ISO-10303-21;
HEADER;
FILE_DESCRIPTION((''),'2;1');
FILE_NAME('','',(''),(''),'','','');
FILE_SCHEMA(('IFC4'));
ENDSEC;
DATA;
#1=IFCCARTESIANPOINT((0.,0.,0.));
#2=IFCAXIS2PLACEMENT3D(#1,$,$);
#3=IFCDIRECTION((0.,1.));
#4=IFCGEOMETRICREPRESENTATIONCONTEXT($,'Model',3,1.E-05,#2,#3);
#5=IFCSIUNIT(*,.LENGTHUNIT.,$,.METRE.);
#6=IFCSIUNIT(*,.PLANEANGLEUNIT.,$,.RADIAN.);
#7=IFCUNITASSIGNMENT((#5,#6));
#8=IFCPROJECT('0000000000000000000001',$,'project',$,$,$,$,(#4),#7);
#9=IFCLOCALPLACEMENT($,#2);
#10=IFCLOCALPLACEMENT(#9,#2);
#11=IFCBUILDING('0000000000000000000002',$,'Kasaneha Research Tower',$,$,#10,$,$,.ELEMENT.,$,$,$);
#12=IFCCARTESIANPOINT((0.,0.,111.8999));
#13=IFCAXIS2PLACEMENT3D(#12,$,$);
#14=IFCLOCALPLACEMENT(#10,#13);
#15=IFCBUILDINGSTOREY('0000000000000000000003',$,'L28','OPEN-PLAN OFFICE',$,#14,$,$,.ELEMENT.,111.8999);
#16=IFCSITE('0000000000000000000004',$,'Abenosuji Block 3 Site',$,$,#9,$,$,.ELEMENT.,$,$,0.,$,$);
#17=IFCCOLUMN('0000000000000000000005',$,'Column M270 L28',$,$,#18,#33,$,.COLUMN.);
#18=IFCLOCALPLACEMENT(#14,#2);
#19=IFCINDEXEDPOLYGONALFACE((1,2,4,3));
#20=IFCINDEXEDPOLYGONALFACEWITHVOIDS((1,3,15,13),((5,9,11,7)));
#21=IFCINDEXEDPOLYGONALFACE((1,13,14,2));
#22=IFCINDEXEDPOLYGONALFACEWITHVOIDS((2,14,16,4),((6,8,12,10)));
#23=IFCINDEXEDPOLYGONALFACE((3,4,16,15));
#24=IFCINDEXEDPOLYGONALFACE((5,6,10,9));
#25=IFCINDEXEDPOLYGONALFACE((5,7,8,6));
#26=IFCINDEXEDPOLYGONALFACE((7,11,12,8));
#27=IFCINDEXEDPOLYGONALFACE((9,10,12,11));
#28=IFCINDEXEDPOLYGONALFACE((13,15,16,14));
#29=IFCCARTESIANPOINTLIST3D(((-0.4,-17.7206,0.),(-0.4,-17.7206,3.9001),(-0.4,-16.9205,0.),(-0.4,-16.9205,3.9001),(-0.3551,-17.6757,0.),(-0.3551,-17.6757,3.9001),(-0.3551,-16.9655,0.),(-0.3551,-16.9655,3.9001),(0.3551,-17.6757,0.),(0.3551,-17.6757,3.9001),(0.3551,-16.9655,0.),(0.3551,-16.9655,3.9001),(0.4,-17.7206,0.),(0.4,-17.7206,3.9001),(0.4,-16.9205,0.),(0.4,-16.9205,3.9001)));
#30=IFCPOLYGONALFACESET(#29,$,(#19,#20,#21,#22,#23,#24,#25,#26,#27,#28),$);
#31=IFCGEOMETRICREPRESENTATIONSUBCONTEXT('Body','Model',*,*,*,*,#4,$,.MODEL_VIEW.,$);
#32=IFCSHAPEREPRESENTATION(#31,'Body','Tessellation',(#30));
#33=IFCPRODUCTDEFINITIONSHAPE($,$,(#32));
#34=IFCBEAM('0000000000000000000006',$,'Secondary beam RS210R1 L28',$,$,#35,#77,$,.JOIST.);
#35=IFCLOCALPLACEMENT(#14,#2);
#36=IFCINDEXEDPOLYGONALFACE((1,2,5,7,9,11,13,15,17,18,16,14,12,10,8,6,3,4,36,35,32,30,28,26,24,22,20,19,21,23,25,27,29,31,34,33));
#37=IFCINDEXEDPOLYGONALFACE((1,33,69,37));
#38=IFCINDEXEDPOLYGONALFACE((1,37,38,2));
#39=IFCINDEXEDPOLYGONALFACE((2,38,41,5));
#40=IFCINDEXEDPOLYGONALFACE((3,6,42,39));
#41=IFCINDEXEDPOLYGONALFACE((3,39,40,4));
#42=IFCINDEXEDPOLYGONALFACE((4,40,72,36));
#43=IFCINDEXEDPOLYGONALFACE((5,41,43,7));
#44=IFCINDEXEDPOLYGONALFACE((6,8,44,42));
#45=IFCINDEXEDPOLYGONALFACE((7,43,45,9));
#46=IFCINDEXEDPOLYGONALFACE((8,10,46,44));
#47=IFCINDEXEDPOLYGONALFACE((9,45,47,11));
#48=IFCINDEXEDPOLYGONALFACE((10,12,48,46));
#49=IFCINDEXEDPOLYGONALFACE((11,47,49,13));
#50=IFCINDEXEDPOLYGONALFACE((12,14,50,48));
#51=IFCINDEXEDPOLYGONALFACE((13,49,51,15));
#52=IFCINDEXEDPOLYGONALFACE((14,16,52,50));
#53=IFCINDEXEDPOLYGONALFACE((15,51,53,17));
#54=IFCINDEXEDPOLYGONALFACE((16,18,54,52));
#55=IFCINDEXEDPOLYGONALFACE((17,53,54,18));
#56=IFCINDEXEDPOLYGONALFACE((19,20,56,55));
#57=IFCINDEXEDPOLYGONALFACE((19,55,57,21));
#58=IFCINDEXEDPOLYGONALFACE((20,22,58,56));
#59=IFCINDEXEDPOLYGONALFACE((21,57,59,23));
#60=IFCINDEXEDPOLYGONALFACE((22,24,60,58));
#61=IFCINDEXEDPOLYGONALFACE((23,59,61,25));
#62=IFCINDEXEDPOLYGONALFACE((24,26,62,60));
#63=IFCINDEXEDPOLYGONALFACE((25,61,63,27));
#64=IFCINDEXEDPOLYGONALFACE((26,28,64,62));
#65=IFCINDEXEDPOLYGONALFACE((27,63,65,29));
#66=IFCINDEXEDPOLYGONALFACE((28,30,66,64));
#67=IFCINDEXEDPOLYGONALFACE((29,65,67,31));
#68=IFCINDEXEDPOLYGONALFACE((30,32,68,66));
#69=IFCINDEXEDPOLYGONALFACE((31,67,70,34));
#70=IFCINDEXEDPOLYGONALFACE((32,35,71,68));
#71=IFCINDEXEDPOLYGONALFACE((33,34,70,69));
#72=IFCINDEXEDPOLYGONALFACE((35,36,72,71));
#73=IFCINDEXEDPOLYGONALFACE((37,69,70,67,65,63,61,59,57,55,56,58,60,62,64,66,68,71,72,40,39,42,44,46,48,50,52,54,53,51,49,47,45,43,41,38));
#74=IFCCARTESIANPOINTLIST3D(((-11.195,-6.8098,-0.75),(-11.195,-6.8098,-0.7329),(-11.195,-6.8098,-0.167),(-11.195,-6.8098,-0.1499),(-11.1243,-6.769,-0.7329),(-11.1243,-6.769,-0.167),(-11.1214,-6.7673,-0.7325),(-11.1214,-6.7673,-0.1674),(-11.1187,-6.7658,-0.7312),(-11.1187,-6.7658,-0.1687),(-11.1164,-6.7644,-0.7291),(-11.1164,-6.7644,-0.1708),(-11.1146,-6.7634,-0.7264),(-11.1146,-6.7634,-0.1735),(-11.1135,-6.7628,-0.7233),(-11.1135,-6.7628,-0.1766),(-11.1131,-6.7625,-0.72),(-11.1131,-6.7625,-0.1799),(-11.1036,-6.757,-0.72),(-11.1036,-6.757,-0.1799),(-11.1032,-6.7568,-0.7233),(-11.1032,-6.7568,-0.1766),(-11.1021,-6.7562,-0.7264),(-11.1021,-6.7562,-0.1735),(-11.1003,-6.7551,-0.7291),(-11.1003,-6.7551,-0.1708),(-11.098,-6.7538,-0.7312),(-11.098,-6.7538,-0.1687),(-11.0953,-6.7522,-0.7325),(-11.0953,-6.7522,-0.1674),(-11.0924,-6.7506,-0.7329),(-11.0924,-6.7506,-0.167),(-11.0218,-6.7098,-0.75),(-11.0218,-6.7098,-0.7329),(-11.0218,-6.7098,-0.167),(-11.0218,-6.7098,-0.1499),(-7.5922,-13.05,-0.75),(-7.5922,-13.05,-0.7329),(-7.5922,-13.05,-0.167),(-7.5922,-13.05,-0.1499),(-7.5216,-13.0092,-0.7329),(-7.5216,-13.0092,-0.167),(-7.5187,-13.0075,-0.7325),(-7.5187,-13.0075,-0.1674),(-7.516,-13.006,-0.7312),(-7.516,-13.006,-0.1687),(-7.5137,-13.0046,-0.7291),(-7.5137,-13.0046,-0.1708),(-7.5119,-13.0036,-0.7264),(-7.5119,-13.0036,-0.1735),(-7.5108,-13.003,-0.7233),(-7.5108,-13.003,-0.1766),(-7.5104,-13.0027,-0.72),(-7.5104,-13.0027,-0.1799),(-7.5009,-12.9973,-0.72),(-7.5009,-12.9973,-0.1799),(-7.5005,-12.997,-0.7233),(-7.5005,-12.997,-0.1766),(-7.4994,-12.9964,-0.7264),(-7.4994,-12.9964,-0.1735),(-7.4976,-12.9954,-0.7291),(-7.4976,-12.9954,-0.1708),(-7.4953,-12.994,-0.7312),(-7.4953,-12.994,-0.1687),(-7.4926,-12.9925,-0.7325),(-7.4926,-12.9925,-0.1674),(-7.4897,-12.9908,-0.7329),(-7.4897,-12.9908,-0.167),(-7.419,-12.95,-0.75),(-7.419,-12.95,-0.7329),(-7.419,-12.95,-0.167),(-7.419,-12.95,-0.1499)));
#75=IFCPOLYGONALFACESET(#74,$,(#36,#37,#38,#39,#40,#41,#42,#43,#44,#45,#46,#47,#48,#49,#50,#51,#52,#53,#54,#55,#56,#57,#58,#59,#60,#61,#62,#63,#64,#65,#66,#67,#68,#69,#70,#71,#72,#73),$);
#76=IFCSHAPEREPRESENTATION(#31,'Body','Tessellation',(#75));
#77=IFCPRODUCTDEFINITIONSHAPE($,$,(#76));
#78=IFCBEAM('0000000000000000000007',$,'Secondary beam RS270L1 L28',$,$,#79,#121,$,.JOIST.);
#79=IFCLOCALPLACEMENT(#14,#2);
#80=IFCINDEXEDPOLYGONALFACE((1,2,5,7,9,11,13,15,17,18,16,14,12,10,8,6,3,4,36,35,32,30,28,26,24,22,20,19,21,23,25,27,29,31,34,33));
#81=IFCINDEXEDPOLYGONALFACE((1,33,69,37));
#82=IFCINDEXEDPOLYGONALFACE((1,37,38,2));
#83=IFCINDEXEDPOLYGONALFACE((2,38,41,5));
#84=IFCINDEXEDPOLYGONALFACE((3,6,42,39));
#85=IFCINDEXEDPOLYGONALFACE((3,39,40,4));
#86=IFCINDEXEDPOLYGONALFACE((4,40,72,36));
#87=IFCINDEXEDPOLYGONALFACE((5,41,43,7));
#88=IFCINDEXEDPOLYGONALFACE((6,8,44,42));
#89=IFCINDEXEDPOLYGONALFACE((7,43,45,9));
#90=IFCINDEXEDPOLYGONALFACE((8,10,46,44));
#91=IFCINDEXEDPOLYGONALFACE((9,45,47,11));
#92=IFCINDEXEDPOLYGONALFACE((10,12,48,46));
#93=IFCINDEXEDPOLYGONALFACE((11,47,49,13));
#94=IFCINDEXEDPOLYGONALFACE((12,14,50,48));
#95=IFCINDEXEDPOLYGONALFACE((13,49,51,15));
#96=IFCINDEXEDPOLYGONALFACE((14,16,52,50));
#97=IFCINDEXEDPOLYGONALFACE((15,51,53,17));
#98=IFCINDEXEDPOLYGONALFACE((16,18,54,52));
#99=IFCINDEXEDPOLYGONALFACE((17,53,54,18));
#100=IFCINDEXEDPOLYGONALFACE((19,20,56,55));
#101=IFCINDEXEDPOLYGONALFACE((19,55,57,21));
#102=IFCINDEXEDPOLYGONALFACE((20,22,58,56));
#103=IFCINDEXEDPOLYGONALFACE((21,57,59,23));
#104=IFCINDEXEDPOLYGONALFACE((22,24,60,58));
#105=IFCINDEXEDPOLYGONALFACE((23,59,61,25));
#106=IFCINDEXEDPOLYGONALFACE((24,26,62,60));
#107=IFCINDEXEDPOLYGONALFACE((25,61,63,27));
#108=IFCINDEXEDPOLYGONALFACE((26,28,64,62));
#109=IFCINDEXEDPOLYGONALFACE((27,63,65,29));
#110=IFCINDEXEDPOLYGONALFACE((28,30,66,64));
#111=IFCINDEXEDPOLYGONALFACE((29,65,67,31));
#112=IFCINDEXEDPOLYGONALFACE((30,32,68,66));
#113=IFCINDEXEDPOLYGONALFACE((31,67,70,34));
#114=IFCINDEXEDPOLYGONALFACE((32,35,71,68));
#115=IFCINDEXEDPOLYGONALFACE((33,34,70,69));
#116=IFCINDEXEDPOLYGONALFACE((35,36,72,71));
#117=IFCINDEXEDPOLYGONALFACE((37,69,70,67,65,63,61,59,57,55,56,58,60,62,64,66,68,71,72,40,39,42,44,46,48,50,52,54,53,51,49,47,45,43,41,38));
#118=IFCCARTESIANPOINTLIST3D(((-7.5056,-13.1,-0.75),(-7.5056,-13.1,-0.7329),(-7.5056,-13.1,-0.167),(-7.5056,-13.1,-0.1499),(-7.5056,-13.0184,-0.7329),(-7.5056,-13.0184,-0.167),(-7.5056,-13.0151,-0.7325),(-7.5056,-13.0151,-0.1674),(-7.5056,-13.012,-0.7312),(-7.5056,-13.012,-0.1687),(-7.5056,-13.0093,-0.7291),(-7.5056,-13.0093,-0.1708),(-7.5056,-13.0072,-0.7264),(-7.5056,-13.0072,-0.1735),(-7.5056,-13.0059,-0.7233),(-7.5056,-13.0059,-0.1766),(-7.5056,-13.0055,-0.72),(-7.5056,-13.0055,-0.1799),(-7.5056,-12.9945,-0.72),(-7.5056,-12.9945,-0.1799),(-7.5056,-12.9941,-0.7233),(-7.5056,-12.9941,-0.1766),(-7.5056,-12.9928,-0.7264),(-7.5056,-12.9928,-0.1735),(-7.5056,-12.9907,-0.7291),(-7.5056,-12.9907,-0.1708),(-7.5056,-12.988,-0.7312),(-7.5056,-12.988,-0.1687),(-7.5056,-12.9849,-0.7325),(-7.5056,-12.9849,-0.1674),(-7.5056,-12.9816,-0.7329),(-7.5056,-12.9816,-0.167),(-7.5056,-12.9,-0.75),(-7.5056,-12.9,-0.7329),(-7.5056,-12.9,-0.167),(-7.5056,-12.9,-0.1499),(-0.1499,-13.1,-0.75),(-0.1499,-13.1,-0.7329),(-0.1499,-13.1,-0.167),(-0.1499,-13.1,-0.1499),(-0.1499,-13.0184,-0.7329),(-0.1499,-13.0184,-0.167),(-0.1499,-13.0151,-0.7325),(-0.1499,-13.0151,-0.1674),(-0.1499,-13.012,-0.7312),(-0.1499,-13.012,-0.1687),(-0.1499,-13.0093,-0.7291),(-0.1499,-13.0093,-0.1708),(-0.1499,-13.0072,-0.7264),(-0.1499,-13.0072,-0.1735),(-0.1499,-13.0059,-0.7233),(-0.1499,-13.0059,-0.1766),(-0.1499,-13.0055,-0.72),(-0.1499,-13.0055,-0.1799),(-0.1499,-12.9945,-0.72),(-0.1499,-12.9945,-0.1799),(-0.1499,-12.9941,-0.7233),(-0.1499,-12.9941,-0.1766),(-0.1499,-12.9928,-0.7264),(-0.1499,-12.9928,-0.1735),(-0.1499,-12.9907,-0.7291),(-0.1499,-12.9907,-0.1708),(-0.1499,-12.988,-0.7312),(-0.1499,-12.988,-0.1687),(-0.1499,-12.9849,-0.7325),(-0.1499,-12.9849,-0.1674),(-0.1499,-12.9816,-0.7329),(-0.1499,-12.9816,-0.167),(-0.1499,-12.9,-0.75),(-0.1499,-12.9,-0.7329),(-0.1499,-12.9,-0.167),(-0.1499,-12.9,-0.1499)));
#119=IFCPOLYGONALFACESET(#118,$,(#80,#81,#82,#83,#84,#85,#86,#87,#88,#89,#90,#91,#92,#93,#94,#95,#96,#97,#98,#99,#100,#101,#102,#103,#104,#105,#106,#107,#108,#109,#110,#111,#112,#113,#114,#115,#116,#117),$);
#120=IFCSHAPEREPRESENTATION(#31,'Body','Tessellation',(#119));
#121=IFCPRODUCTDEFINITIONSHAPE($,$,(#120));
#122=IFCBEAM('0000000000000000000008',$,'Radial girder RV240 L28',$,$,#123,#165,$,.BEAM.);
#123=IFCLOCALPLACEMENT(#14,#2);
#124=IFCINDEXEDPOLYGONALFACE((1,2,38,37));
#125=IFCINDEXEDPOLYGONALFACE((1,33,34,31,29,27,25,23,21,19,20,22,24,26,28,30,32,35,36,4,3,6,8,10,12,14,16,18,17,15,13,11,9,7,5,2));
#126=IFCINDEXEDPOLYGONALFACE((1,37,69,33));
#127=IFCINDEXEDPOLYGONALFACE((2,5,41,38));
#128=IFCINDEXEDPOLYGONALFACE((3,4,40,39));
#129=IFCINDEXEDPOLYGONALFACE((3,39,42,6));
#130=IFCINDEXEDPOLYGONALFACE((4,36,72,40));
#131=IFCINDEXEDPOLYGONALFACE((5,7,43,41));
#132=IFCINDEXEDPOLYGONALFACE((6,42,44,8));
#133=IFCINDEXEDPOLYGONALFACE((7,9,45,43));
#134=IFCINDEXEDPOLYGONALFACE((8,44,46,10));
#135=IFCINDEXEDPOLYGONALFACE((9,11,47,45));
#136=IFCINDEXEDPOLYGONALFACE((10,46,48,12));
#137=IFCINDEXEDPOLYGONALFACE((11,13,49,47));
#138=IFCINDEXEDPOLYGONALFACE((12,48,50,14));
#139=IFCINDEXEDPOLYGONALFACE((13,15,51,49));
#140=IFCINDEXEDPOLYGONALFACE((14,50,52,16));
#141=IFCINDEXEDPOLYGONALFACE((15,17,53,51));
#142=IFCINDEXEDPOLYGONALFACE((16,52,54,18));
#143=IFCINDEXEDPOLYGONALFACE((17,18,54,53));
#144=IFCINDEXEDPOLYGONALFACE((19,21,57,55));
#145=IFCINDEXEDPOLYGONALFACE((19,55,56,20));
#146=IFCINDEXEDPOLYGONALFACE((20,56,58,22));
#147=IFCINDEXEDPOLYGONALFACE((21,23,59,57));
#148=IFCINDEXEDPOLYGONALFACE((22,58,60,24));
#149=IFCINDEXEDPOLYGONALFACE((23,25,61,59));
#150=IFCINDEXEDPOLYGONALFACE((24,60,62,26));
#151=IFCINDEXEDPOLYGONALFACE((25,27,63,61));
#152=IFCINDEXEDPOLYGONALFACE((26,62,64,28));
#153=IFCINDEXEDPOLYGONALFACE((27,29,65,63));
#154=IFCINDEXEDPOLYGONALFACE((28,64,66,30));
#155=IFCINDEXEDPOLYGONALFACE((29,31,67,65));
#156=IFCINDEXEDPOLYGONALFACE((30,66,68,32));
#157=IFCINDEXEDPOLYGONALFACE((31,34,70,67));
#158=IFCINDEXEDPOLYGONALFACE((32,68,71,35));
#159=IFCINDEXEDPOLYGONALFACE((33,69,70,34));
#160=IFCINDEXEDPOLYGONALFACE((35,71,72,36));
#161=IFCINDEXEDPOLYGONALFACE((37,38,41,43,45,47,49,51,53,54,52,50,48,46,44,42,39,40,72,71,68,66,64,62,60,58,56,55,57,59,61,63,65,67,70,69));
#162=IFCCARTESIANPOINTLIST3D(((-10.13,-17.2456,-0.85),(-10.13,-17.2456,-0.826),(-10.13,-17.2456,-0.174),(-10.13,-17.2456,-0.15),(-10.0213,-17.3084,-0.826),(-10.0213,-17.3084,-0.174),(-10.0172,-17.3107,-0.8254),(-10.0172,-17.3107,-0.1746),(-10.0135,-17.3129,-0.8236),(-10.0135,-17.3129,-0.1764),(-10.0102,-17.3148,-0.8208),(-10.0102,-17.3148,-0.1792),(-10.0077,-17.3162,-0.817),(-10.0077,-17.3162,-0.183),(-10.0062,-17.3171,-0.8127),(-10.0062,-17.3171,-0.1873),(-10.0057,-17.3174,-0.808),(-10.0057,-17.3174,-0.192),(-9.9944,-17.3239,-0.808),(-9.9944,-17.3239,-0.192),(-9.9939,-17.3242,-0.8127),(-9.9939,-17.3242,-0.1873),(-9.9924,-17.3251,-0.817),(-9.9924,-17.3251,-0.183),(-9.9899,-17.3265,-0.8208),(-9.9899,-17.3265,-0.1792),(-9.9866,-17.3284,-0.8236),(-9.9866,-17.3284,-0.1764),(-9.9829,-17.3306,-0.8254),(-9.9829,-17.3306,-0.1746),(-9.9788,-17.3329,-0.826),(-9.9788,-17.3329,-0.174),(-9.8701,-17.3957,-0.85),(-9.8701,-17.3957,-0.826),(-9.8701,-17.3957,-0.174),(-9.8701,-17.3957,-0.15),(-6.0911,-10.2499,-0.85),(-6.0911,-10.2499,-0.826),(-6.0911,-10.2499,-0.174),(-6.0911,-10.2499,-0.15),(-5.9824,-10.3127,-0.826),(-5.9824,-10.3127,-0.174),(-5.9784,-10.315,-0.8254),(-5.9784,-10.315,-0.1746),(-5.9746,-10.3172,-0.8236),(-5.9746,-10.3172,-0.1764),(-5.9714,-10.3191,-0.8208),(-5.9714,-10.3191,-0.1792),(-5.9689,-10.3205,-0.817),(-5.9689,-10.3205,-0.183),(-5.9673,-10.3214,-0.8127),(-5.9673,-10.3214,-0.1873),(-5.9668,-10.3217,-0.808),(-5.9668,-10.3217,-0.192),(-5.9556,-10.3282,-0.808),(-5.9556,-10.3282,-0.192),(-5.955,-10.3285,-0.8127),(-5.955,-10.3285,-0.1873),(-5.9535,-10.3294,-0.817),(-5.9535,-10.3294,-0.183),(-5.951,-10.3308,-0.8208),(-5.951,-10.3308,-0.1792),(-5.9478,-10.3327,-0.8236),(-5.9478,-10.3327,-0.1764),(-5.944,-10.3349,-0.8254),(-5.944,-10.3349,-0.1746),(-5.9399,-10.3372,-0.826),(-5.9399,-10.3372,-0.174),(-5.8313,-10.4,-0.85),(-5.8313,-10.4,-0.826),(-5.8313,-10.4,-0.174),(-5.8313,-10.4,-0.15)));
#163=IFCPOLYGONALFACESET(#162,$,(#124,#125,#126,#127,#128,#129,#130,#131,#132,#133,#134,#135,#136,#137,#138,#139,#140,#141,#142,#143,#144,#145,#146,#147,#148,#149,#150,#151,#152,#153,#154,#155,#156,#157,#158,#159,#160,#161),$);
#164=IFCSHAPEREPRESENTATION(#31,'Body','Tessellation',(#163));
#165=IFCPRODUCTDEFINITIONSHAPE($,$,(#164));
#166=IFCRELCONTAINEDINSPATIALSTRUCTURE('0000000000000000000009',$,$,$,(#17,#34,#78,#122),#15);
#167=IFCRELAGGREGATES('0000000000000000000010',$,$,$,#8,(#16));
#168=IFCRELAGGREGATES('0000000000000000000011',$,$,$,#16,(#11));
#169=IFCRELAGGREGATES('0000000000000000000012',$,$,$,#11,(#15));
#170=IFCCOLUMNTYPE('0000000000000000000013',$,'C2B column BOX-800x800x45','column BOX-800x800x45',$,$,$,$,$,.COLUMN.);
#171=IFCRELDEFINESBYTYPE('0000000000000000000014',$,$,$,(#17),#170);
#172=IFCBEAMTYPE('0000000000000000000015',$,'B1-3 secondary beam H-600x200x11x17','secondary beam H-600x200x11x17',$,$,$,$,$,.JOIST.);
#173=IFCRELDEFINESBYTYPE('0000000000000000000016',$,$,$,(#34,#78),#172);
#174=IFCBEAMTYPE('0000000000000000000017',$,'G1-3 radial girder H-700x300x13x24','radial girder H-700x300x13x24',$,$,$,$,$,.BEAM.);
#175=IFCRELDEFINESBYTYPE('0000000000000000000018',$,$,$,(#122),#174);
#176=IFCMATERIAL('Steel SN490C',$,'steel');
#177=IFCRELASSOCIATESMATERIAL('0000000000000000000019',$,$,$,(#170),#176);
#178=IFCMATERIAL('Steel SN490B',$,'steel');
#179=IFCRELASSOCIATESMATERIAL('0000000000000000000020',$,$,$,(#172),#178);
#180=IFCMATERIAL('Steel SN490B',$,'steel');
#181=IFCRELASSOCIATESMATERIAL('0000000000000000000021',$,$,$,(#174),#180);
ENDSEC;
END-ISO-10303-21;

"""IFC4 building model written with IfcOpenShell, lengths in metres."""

from ifc_helpers import new_model, si_unit, direction, frame, origin, origin_2d, place, context, subcontext, project, spatial, hollow_rectangle, i_section, extrude, material, material_profile, profile_set, type_object, element, save


model = new_model("IFC4")

# Units and contexts
model_context = context("Model", 3, precision=1e-05, world=origin(), true_north=direction((0.0, 1.0)))
body_context = subcontext(model_context, "Body", "Model", "MODEL_VIEW")
ifc_project = project(units=[si_unit("LENGTHUNIT", "METRE"), si_unit("PLANEANGLEUNIT", "RADIAN")], contexts=[model_context])

# Site, building, storey
site_placement = place(None, origin())
site = spatial("IfcSite", under=ifc_project, at=site_placement, Name="Abenosuji Block 3 Site", CompositionType="ELEMENT", RefElevation=0.0)
building_placement = place(site_placement, origin())
building = spatial("IfcBuilding", under=site, at=building_placement, Name="Kasaneha Research Tower", CompositionType="ELEMENT")
storey_placement = place(building_placement, frame((0.0, 0.0, 111.8999)))
storey = spatial("IfcBuildingStorey", under=building, at=storey_placement, Name="L28", Description="OPEN-PLAN OFFICE", CompositionType="ELEMENT", Elevation=111.8999)

# Column
ifc_material_1 = material(Name="Steel SN490C", Category="steel")
ifc_material_profile_1 = material_profile(ifc_material_1, hollow_rectangle(XDim=0.8, YDim=0.8, WallThickness=0.0449, at=origin_2d()), Name="BOX-800x800x45")
ifc_profile_set_1 = profile_set([ifc_material_profile_1], Name="Steel SN490C")
column_type = type_object("IfcColumnType", Name="C2B column BOX-800x800x45", Description="column BOX-800x800x45", PredefinedType="COLUMN", material=ifc_profile_set_1)
column_placement = place(storey_placement, frame((0.0, -17.3206, 0.0), z_axis=(0.0, 0.0, 1.0), x_axis=(1.0, 0.0, 0.0)))
element("IfcColumn", 1, at=column_placement, inside=storey, type_object=column_type, Name="Column M270 L28", PredefinedType="COLUMN", context=body_context, shape_type="SweptSolid", body=[
    extrude(hollow_rectangle(XDim=0.8, YDim=0.8, WallThickness=0.0449, at=origin_2d()), origin(), (0.0, 0.0, 1.0), 3.9001),
])

# Beams
ifc_material_2 = material(Name="Steel SN490B", Category="steel")
ifc_material_profile_2 = material_profile(ifc_material_2, i_section(OverallWidth=0.2, OverallDepth=0.6001, WebThickness=0.011, FlangeThickness=0.0171, FilletRadius=0.0129, at=origin_2d()), Name="H-600x200x11x17")
ifc_profile_set_2 = profile_set([ifc_material_profile_2], Name="Steel SN490B")
beam_type_1 = type_object("IfcBeamType", Name="B1-3 secondary beam H-600x200x11x17", Description="secondary beam H-600x200x11x17", PredefinedType="JOIST", material=ifc_profile_set_2)
beam_1_placement = place(storey_placement, frame((-7.5056, -13.0, -0.45), z_axis=(-0.499998, 0.866026, 0.0), x_axis=(-0.866026, -0.499998, 0.0)))
element("IfcBeam", 2, at=beam_1_placement, inside=storey, type_object=beam_type_1, Name="Secondary beam RS210R1 L28", PredefinedType="JOIST", context=body_context, shape_type="SweptSolid", body=[
    extrude(i_section(OverallWidth=0.2, OverallDepth=0.6001, WebThickness=0.011, FlangeThickness=0.0171, FilletRadius=0.0129, at=origin_2d()), origin(), (0.0, 0.0, 1.0), 7.2056),
])
beam_2_placement = place(storey_placement, frame((-7.5056, -13.0, -0.45), z_axis=(1.0, 0.0, 0.0), x_axis=(0.0, 1.0, 0.0)))
element("IfcBeam", 3, at=beam_2_placement, inside=storey, type_object=beam_type_1, Name="Secondary beam RS270L1 L28", PredefinedType="JOIST", context=body_context, shape_type="SweptSolid", body=[
    extrude(i_section(OverallWidth=0.2, OverallDepth=0.6001, WebThickness=0.011, FlangeThickness=0.0171, FilletRadius=0.0129, at=origin_2d()), origin(), (0.0, 0.0, 1.0), 7.3557),
])
ifc_material_3 = material(Name="Steel SN490B", Category="steel")
ifc_material_profile_3 = material_profile(ifc_material_3, i_section(OverallWidth=0.3, OverallDepth=0.7, WebThickness=0.0129, FlangeThickness=0.0239, FilletRadius=0.0181, at=origin_2d()), Name="H-700x300x13x24")
ifc_profile_set_3 = profile_set([ifc_material_profile_3], Name="Steel SN490B")
beam_type_2 = type_object("IfcBeamType", Name="G1-3 radial girder H-700x300x13x24", Description="radial girder H-700x300x13x24", PredefinedType="BEAM", material=ifc_profile_set_3)
beam_3_placement = place(storey_placement, frame((-5.9612, -10.325, -0.5), z_axis=(-0.499991, -0.866031, 0.0), x_axis=(0.866031, -0.499991, 0.0)))
element("IfcBeam", 4, at=beam_3_placement, inside=storey, type_object=beam_type_2, Name="Radial girder RV240 L28", PredefinedType="BEAM", context=body_context, shape_type="SweptSolid", body=[
    extrude(i_section(OverallWidth=0.3, OverallDepth=0.7, WebThickness=0.0129, FlangeThickness=0.0239, FilletRadius=0.0181, at=origin_2d()), origin(), (0.0, 0.0, 1.0), 8.0779),
])

save(model, "model.ifc")
